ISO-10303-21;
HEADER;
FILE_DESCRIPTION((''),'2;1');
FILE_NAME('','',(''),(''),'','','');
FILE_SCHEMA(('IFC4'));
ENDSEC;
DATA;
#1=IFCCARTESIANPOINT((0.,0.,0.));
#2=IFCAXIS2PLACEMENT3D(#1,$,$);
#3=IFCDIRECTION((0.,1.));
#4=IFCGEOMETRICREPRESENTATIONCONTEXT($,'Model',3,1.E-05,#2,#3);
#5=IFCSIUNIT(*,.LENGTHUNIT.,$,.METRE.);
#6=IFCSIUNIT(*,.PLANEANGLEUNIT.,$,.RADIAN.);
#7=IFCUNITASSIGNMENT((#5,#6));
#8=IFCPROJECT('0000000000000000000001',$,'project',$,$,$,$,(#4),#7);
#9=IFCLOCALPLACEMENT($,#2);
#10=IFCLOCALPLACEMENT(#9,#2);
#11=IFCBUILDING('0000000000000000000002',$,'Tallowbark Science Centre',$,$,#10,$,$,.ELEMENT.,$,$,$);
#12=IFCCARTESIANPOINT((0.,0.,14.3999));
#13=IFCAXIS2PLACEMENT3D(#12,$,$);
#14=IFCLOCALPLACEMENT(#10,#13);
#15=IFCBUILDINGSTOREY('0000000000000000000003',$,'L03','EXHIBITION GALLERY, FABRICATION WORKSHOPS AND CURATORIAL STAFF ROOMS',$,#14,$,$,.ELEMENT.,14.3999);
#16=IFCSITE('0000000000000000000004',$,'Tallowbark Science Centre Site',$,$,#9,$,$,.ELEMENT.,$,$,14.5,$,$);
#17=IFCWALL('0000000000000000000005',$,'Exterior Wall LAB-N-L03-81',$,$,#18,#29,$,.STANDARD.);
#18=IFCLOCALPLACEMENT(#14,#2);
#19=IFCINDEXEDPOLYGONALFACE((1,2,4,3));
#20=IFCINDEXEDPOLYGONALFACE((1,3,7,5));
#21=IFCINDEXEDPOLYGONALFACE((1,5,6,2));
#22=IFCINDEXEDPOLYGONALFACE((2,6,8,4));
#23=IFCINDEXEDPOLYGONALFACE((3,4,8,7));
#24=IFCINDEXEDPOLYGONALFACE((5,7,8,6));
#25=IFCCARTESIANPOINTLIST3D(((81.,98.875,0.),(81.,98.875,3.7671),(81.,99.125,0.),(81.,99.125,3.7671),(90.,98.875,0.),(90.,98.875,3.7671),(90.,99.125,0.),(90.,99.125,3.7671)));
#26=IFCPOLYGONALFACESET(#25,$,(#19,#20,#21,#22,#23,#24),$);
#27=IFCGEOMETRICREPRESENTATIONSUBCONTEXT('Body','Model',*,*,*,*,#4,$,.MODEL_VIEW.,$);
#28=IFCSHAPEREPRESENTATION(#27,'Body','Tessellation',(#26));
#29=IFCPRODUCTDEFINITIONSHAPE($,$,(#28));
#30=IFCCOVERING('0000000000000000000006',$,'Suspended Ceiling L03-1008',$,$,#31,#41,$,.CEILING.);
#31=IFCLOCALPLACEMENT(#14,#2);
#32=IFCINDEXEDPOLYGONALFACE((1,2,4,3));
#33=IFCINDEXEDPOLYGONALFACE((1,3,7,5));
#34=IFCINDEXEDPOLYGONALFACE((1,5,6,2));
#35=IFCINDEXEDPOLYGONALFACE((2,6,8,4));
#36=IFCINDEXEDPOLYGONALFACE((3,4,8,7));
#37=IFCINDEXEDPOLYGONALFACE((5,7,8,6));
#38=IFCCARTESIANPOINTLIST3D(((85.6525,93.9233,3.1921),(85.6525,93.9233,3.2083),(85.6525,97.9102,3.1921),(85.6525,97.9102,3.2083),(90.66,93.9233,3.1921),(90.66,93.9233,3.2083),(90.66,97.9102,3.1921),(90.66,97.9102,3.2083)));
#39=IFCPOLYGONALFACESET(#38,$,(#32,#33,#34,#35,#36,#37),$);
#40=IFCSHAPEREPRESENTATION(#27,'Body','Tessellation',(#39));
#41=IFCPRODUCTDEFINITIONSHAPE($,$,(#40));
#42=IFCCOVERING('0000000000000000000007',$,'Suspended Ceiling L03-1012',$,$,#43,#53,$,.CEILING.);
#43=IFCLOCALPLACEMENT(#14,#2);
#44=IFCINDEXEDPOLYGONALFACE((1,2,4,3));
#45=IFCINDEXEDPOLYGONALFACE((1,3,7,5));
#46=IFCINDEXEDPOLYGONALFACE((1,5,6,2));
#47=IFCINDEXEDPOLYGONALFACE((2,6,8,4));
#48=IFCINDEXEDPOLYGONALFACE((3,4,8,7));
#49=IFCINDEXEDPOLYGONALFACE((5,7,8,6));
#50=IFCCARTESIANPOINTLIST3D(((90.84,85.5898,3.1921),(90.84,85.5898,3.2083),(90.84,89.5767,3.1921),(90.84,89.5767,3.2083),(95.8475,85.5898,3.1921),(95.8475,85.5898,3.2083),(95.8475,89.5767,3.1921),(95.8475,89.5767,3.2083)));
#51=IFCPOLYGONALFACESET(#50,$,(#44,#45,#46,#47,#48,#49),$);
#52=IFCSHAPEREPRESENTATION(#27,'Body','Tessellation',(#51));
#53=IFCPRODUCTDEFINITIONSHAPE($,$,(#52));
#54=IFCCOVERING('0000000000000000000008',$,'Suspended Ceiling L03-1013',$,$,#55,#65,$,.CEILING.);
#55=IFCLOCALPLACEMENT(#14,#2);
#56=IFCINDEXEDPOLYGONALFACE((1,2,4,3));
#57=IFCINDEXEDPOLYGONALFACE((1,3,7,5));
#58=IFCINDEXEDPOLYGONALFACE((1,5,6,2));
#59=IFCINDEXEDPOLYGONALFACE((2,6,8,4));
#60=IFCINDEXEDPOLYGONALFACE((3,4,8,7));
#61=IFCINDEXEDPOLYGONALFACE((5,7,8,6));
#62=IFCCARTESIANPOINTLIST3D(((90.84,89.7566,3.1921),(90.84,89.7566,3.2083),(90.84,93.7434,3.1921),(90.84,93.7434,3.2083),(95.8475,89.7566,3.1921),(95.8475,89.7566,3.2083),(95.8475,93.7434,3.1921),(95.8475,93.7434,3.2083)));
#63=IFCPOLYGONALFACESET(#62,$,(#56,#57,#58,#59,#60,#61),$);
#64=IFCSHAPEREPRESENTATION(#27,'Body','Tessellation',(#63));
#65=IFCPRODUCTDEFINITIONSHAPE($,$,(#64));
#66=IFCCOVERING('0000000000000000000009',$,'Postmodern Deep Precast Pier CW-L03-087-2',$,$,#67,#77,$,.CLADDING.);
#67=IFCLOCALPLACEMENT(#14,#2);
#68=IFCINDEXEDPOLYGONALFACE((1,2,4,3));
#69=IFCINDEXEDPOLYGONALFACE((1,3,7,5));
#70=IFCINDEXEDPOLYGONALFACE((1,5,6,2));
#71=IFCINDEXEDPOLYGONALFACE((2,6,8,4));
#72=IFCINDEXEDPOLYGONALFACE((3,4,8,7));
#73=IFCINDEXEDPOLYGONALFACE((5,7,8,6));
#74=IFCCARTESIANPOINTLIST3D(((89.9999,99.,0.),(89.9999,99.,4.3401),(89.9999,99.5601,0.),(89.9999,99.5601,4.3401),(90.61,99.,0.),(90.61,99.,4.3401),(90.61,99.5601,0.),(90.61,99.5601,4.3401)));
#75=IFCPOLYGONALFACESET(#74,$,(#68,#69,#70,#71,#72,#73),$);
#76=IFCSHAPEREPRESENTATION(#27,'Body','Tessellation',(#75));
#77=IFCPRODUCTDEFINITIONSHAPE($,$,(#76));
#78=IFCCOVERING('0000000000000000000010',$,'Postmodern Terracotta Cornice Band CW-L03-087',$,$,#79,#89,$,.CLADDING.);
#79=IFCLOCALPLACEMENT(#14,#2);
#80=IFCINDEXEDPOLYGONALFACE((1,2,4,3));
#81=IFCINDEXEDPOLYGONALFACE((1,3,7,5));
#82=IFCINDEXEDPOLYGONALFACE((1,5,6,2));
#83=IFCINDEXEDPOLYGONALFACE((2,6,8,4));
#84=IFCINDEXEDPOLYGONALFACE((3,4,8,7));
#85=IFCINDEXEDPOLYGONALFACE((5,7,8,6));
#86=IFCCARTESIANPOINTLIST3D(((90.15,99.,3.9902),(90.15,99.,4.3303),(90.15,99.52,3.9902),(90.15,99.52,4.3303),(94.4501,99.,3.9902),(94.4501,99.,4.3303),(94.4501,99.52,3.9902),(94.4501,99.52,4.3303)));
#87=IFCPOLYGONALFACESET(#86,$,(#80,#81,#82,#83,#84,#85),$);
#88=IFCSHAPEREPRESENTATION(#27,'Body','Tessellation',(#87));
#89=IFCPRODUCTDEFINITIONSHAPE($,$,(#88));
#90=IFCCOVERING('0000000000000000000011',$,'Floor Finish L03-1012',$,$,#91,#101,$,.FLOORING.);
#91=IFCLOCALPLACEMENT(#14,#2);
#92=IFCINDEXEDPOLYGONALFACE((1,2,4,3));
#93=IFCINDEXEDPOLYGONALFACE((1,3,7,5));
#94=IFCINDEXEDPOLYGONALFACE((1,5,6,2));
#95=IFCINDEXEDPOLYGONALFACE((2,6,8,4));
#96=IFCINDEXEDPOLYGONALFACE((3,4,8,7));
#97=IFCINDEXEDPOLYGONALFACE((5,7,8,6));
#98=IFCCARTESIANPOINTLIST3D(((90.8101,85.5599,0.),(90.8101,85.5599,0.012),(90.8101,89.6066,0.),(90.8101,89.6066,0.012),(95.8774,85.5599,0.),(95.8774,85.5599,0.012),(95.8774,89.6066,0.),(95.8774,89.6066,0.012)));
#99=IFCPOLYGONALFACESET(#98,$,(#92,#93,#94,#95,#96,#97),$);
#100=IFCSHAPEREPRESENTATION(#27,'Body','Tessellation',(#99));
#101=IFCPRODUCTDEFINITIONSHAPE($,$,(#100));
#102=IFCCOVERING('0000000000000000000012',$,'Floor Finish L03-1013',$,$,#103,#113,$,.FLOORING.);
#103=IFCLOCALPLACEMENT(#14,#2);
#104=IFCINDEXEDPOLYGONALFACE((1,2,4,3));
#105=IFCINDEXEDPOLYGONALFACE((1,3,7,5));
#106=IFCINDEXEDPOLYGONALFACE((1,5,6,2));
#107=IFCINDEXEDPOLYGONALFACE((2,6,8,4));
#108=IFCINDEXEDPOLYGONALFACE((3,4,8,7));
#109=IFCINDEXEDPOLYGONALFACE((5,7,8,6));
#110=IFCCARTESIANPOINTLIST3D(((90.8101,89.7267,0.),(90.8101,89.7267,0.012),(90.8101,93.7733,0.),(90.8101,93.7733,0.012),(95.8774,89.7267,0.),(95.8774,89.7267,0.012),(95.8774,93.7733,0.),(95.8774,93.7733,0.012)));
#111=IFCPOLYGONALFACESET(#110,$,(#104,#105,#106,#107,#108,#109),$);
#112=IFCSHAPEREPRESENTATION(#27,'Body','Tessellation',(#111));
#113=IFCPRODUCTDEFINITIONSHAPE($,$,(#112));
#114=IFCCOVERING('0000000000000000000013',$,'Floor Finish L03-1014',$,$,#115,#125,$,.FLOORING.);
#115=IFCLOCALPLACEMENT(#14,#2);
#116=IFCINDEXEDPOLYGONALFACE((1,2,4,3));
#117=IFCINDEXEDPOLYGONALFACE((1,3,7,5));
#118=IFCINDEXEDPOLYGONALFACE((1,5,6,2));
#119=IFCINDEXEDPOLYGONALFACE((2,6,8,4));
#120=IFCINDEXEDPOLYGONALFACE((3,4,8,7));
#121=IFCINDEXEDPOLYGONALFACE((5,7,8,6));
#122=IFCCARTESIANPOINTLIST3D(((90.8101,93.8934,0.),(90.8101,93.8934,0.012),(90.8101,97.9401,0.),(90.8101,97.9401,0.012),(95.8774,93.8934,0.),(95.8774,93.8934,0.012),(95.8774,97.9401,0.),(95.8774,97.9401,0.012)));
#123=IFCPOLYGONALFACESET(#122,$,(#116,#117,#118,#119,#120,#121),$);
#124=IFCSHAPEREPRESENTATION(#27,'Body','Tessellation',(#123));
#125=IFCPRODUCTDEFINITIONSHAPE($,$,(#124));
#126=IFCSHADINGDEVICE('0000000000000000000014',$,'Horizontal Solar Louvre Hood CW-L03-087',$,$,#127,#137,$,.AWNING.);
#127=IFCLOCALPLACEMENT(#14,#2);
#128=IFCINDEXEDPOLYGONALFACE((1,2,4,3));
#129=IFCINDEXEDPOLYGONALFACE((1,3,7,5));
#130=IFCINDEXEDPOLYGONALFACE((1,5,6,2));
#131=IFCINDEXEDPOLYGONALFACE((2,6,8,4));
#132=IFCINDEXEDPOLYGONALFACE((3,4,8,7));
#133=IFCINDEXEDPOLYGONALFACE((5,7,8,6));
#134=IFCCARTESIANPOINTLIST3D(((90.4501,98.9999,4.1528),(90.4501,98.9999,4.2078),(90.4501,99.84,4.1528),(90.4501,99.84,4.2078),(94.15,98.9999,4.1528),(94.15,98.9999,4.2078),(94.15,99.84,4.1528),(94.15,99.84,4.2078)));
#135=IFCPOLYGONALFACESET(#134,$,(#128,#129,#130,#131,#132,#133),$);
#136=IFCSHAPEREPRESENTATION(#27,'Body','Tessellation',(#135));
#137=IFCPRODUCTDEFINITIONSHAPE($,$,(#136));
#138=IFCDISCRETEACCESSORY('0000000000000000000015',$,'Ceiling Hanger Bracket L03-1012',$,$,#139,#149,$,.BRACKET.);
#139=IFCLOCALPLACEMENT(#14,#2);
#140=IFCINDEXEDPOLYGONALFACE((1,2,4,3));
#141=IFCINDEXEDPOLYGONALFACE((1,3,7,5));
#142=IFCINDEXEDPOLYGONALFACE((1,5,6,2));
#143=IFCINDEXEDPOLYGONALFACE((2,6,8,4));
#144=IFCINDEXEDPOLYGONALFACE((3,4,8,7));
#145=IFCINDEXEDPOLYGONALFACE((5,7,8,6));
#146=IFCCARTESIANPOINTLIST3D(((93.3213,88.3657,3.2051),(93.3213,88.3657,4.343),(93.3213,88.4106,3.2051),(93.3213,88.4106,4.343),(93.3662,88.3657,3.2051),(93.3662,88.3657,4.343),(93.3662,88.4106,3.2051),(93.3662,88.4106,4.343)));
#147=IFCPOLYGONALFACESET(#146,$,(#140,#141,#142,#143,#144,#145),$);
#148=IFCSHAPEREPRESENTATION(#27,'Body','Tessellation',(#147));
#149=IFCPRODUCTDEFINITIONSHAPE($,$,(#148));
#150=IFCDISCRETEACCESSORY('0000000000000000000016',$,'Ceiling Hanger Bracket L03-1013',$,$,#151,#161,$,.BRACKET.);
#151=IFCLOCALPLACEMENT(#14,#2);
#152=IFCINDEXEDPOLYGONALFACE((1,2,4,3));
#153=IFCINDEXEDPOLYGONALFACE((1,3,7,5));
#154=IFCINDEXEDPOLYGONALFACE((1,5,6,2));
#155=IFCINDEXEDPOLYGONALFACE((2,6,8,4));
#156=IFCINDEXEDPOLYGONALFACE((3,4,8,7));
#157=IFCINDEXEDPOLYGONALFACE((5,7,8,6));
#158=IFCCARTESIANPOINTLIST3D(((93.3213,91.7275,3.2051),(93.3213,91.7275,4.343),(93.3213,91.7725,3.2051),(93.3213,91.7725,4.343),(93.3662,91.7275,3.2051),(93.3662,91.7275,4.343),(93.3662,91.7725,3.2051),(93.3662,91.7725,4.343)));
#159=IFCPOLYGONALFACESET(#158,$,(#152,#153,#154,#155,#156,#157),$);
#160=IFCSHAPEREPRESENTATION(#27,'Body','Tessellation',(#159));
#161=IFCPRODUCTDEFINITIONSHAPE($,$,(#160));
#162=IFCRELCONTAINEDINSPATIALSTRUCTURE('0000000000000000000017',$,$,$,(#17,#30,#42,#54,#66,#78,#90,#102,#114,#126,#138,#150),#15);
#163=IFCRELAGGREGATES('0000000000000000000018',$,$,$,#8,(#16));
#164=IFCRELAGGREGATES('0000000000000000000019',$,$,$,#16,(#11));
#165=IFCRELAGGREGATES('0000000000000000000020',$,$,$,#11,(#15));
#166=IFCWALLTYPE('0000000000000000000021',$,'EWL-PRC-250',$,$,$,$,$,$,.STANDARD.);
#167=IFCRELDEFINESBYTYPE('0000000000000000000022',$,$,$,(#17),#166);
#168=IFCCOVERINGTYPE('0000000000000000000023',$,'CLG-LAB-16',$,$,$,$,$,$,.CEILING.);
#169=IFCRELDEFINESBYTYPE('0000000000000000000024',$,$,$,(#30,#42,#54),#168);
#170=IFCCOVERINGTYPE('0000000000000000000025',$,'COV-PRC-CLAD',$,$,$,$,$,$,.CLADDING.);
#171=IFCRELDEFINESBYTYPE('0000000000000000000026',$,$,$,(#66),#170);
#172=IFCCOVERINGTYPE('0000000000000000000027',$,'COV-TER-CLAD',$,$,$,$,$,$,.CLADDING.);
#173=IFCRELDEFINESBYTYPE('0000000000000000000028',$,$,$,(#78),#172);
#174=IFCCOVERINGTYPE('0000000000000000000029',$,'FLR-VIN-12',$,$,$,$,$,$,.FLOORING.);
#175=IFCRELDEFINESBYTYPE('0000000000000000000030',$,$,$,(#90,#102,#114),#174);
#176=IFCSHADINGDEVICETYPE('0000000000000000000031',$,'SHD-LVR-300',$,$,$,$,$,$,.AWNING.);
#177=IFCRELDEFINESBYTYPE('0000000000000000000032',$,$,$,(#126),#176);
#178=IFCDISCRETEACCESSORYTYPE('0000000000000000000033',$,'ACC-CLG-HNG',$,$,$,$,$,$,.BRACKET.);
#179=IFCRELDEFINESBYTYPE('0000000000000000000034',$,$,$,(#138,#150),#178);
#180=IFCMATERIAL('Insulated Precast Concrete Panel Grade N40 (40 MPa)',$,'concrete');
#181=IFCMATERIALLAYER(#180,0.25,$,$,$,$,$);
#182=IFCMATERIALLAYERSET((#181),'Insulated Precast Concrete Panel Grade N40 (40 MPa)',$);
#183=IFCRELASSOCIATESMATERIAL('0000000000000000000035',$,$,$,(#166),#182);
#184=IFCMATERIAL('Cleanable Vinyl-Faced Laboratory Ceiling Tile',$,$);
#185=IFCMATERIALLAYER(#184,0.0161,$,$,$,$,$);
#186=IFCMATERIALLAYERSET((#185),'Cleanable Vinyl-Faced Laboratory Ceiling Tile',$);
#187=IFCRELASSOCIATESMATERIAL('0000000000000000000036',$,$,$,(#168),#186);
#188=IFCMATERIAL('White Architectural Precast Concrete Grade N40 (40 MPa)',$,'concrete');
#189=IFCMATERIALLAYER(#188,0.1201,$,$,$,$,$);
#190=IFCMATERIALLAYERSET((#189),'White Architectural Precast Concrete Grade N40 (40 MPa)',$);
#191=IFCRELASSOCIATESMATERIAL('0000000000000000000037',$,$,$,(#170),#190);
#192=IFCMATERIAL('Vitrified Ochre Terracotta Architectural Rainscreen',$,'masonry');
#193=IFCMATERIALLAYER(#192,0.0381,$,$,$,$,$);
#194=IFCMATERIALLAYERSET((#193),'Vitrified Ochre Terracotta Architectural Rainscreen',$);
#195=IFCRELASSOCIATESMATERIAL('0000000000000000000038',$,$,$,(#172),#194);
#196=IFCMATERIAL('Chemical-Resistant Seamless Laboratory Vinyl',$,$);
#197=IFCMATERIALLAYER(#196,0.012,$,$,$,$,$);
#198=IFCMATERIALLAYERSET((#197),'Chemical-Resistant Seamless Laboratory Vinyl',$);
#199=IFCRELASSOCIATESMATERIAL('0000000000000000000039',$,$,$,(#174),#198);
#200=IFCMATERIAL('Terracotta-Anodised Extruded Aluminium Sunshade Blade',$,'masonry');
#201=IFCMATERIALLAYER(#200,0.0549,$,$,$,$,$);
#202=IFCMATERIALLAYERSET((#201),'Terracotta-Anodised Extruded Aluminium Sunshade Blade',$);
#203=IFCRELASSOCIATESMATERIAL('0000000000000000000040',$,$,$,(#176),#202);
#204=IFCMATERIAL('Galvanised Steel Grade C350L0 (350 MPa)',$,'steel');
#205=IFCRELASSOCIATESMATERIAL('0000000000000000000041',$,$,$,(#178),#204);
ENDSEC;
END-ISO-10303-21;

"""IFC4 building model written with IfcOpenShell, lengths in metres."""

from ifc_helpers import new_model, si_unit, direction, frame, frame_2d, origin, origin_2d, place, context, subcontext, project, spatial, rectangle, extrude, material, layer, layer_set, type_object, element, save


model = new_model("IFC4")

# Units and contexts
model_context = context("Model", 3, precision=1e-05, world=origin(), true_north=direction((0.0, 1.0)))
body_context = subcontext(model_context, "Body", "Model", "MODEL_VIEW")
ifc_project = project(units=[si_unit("LENGTHUNIT", "METRE"), si_unit("PLANEANGLEUNIT", "RADIAN")], contexts=[model_context])

# Site, building, storey
site_placement = place(None, origin())
site = spatial("IfcSite", under=ifc_project, at=site_placement, Name="Tallowbark Science Centre Site", CompositionType="ELEMENT", RefElevation=14.5)
building_placement = place(site_placement, origin())
building = spatial("IfcBuilding", under=site, at=building_placement, Name="Tallowbark Science Centre", CompositionType="ELEMENT")
storey_placement = place(building_placement, frame((0.0, 0.0, 14.3999)))
storey = spatial("IfcBuildingStorey", under=building, at=storey_placement, Name="L03", Description="EXHIBITION GALLERY, FABRICATION WORKSHOPS AND CURATORIAL STAFF ROOMS", CompositionType="ELEMENT", Elevation=14.3999)

# Wall
ifc_material_1 = material(Name="Insulated Precast Concrete Panel Grade N40 (40 MPa)", Category="concrete")
ifc_layer_1 = layer(ifc_material_1, 0.25)
ifc_layer_set_1 = layer_set([ifc_layer_1], Name="Insulated Precast Concrete Panel Grade N40 (40 MPa)")
wall_type = type_object("IfcWallType", Name="EWL-PRC-250", PredefinedType="STANDARD", material=ifc_layer_set_1)
wall_placement = place(storey_placement, frame((90.0, 99.0, 0.0), z_axis=(0.0, 0.0, 1.0), x_axis=(-1.0, 0.0, 0.0)))
element("IfcWall", 1, at=wall_placement, inside=storey, type_object=wall_type, Name="Exterior Wall LAB-N-L03-81", PredefinedType="STANDARD", context=body_context, shape_type="SweptSolid", body=[
    extrude(rectangle(XDim=9.0, YDim=0.25, at=frame_2d((4.5, 0.0))), origin(), (0.0, 0.0, 1.0), 3.7671),
])

# Coverings
ifc_material_2 = material(Name="Cleanable Vinyl-Faced Laboratory Ceiling Tile")
ifc_layer_2 = layer(ifc_material_2, 0.0161)
ifc_layer_set_2 = layer_set([ifc_layer_2], Name="Cleanable Vinyl-Faced Laboratory Ceiling Tile")
covering_type_1 = type_object("IfcCoveringType", Name="CLG-LAB-16", PredefinedType="CEILING", material=ifc_layer_set_2)
for number, where, z_axis, x_axis, name in (
    (2, (88.1562, 95.9167, 3.1921), (0.0, 0.0, 1.0), (1.0, 0.0, 0.0), "Suspended Ceiling L03-1008"),
    (3, (93.3438, 87.5833, 3.1921), (0.0, 0.0, 1.0), (1.0, 0.0, 0.0), "Suspended Ceiling L03-1012"),
    (4, (93.3438, 91.75, 3.1921), (0.0, 0.0, 1.0), (1.0, 0.0, 0.0), "Suspended Ceiling L03-1013"),
):
    element("IfcCovering", number, at=place(storey_placement, frame(where, z_axis=z_axis, x_axis=x_axis)), inside=storey, type_object=covering_type_1, Name=name, PredefinedType="CEILING", context=body_context, shape_type="SweptSolid", body=[
        extrude(rectangle(XDim=5.0076, YDim=3.9868, at=origin_2d()), origin(), (0.0, 0.0, 1.0), 0.0161),
    ])
ifc_material_3 = material(Name="White Architectural Precast Concrete Grade N40 (40 MPa)", Category="concrete")
ifc_layer_3 = layer(ifc_material_3, 0.1201)
ifc_layer_set_3 = layer_set([ifc_layer_3], Name="White Architectural Precast Concrete Grade N40 (40 MPa)")
covering_type_2 = type_object("IfcCoveringType", Name="COV-PRC-CLAD", PredefinedType="CLADDING", material=ifc_layer_set_3)
covering_1_placement = place(storey_placement, frame((90.3049, 99.28, 0.0), z_axis=(0.0, 0.0, 1.0), x_axis=(-1.0, 0.0, 0.0)))
element("IfcCovering", 5, at=covering_1_placement, inside=storey, type_object=covering_type_2, Name="Postmodern Deep Precast Pier CW-L03-087-2", PredefinedType="CLADDING", context=body_context, shape_type="SweptSolid", body=[
    extrude(rectangle(XDim=0.6101, YDim=0.5601, at=origin_2d()), origin(), (0.0, 0.0, 1.0), 4.3401),
])
ifc_material_4 = material(Name="Vitrified Ochre Terracotta Architectural Rainscreen", Category="masonry")
ifc_layer_4 = layer(ifc_material_4, 0.0381)
ifc_layer_set_4 = layer_set([ifc_layer_4], Name="Vitrified Ochre Terracotta Architectural Rainscreen")
covering_type_3 = type_object("IfcCoveringType", Name="COV-TER-CLAD", PredefinedType="CLADDING", material=ifc_layer_set_4)
covering_2_placement = place(storey_placement, frame((92.3, 99.26, 3.9902), z_axis=(0.0, 0.0, 1.0), x_axis=(-1.0, 0.0, 0.0)))
element("IfcCovering", 6, at=covering_2_placement, inside=storey, type_object=covering_type_3, Name="Postmodern Terracotta Cornice Band CW-L03-087", PredefinedType="CLADDING", context=body_context, shape_type="SweptSolid", body=[
    extrude(rectangle(XDim=4.3, YDim=0.52, at=origin_2d()), origin(), (0.0, 0.0, 1.0), 0.3401),
])
ifc_material_5 = material(Name="Chemical-Resistant Seamless Laboratory Vinyl")
ifc_layer_5 = layer(ifc_material_5, 0.012)
ifc_layer_set_5 = layer_set([ifc_layer_5], Name="Chemical-Resistant Seamless Laboratory Vinyl")
covering_type_4 = type_object("IfcCoveringType", Name="FLR-VIN-12", PredefinedType="FLOORING", material=ifc_layer_set_5)
for number, where, z_axis, x_axis, name in (
    (7, (93.3438, 87.5833, 0.0), (0.0, 0.0, 1.0), (1.0, 0.0, 0.0), "Floor Finish L03-1012"),
    (8, (93.3438, 91.75, 0.0), (0.0, 0.0, 1.0), (1.0, 0.0, 0.0), "Floor Finish L03-1013"),
    (9, (93.3438, 95.9167, 0.0), (0.0, 0.0, 1.0), (1.0, 0.0, 0.0), "Floor Finish L03-1014"),
):
    element("IfcCovering", number, at=place(storey_placement, frame(where, z_axis=z_axis, x_axis=x_axis)), inside=storey, type_object=covering_type_4, Name=name, PredefinedType="FLOORING", context=body_context, shape_type="SweptSolid", body=[
        extrude(rectangle(XDim=5.0674, YDim=4.0466, at=origin_2d()), origin(), (0.0, 0.0, 1.0), 0.012),
    ])

# Shading device
ifc_material_6 = material(Name="Terracotta-Anodised Extruded Aluminium Sunshade Blade", Category="masonry")
ifc_layer_6 = layer(ifc_material_6, 0.0549)
ifc_layer_set_6 = layer_set([ifc_layer_6], Name="Terracotta-Anodised Extruded Aluminium Sunshade Blade")
shading_device_type = type_object("IfcShadingDeviceType", Name="SHD-LVR-300", PredefinedType="AWNING", material=ifc_layer_set_6)
shading_device_placement = place(storey_placement, frame((92.3, 99.4199, 4.1528), z_axis=(0.0, 0.0, 1.0), x_axis=(-1.0, 0.0, 0.0)))
element("IfcShadingDevice", 10, at=shading_device_placement, inside=storey, type_object=shading_device_type, Name="Horizontal Solar Louvre Hood CW-L03-087", PredefinedType="AWNING", context=body_context, shape_type="SweptSolid", body=[
    extrude(rectangle(XDim=3.7, YDim=0.8401, at=origin_2d()), origin(), (0.0, 0.0, 1.0), 0.0549),
])

# Discrete accessories
ifc_material_7 = material(Name="Galvanised Steel Grade C350L0 (350 MPa)", Category="steel")
discrete_accessory_type = type_object("IfcDiscreteAccessoryType", Name="ACC-CLG-HNG", PredefinedType="BRACKET", material=ifc_material_7)
for number, where, z_axis, x_axis, name in (
    (11, (93.3438, 88.3882, 3.2051), (0.0, 0.0, 1.0), (1.0, 0.0, 0.0), "Ceiling Hanger Bracket L03-1012"),
    (12, (93.3438, 91.75, 3.2051), (0.0, 0.0, 1.0), (1.0, 0.0, 0.0), "Ceiling Hanger Bracket L03-1013"),
):
    element("IfcDiscreteAccessory", number, at=place(storey_placement, frame(where, z_axis=z_axis, x_axis=x_axis)), inside=storey, type_object=discrete_accessory_type, Name=name, PredefinedType="BRACKET", context=body_context, shape_type="SweptSolid", body=[
        extrude(rectangle(XDim=0.0449, YDim=0.0449, at=origin_2d()), origin(), (0.0, 0.0, 1.0), 1.1379),
    ])

save(model, "model.ifc")
